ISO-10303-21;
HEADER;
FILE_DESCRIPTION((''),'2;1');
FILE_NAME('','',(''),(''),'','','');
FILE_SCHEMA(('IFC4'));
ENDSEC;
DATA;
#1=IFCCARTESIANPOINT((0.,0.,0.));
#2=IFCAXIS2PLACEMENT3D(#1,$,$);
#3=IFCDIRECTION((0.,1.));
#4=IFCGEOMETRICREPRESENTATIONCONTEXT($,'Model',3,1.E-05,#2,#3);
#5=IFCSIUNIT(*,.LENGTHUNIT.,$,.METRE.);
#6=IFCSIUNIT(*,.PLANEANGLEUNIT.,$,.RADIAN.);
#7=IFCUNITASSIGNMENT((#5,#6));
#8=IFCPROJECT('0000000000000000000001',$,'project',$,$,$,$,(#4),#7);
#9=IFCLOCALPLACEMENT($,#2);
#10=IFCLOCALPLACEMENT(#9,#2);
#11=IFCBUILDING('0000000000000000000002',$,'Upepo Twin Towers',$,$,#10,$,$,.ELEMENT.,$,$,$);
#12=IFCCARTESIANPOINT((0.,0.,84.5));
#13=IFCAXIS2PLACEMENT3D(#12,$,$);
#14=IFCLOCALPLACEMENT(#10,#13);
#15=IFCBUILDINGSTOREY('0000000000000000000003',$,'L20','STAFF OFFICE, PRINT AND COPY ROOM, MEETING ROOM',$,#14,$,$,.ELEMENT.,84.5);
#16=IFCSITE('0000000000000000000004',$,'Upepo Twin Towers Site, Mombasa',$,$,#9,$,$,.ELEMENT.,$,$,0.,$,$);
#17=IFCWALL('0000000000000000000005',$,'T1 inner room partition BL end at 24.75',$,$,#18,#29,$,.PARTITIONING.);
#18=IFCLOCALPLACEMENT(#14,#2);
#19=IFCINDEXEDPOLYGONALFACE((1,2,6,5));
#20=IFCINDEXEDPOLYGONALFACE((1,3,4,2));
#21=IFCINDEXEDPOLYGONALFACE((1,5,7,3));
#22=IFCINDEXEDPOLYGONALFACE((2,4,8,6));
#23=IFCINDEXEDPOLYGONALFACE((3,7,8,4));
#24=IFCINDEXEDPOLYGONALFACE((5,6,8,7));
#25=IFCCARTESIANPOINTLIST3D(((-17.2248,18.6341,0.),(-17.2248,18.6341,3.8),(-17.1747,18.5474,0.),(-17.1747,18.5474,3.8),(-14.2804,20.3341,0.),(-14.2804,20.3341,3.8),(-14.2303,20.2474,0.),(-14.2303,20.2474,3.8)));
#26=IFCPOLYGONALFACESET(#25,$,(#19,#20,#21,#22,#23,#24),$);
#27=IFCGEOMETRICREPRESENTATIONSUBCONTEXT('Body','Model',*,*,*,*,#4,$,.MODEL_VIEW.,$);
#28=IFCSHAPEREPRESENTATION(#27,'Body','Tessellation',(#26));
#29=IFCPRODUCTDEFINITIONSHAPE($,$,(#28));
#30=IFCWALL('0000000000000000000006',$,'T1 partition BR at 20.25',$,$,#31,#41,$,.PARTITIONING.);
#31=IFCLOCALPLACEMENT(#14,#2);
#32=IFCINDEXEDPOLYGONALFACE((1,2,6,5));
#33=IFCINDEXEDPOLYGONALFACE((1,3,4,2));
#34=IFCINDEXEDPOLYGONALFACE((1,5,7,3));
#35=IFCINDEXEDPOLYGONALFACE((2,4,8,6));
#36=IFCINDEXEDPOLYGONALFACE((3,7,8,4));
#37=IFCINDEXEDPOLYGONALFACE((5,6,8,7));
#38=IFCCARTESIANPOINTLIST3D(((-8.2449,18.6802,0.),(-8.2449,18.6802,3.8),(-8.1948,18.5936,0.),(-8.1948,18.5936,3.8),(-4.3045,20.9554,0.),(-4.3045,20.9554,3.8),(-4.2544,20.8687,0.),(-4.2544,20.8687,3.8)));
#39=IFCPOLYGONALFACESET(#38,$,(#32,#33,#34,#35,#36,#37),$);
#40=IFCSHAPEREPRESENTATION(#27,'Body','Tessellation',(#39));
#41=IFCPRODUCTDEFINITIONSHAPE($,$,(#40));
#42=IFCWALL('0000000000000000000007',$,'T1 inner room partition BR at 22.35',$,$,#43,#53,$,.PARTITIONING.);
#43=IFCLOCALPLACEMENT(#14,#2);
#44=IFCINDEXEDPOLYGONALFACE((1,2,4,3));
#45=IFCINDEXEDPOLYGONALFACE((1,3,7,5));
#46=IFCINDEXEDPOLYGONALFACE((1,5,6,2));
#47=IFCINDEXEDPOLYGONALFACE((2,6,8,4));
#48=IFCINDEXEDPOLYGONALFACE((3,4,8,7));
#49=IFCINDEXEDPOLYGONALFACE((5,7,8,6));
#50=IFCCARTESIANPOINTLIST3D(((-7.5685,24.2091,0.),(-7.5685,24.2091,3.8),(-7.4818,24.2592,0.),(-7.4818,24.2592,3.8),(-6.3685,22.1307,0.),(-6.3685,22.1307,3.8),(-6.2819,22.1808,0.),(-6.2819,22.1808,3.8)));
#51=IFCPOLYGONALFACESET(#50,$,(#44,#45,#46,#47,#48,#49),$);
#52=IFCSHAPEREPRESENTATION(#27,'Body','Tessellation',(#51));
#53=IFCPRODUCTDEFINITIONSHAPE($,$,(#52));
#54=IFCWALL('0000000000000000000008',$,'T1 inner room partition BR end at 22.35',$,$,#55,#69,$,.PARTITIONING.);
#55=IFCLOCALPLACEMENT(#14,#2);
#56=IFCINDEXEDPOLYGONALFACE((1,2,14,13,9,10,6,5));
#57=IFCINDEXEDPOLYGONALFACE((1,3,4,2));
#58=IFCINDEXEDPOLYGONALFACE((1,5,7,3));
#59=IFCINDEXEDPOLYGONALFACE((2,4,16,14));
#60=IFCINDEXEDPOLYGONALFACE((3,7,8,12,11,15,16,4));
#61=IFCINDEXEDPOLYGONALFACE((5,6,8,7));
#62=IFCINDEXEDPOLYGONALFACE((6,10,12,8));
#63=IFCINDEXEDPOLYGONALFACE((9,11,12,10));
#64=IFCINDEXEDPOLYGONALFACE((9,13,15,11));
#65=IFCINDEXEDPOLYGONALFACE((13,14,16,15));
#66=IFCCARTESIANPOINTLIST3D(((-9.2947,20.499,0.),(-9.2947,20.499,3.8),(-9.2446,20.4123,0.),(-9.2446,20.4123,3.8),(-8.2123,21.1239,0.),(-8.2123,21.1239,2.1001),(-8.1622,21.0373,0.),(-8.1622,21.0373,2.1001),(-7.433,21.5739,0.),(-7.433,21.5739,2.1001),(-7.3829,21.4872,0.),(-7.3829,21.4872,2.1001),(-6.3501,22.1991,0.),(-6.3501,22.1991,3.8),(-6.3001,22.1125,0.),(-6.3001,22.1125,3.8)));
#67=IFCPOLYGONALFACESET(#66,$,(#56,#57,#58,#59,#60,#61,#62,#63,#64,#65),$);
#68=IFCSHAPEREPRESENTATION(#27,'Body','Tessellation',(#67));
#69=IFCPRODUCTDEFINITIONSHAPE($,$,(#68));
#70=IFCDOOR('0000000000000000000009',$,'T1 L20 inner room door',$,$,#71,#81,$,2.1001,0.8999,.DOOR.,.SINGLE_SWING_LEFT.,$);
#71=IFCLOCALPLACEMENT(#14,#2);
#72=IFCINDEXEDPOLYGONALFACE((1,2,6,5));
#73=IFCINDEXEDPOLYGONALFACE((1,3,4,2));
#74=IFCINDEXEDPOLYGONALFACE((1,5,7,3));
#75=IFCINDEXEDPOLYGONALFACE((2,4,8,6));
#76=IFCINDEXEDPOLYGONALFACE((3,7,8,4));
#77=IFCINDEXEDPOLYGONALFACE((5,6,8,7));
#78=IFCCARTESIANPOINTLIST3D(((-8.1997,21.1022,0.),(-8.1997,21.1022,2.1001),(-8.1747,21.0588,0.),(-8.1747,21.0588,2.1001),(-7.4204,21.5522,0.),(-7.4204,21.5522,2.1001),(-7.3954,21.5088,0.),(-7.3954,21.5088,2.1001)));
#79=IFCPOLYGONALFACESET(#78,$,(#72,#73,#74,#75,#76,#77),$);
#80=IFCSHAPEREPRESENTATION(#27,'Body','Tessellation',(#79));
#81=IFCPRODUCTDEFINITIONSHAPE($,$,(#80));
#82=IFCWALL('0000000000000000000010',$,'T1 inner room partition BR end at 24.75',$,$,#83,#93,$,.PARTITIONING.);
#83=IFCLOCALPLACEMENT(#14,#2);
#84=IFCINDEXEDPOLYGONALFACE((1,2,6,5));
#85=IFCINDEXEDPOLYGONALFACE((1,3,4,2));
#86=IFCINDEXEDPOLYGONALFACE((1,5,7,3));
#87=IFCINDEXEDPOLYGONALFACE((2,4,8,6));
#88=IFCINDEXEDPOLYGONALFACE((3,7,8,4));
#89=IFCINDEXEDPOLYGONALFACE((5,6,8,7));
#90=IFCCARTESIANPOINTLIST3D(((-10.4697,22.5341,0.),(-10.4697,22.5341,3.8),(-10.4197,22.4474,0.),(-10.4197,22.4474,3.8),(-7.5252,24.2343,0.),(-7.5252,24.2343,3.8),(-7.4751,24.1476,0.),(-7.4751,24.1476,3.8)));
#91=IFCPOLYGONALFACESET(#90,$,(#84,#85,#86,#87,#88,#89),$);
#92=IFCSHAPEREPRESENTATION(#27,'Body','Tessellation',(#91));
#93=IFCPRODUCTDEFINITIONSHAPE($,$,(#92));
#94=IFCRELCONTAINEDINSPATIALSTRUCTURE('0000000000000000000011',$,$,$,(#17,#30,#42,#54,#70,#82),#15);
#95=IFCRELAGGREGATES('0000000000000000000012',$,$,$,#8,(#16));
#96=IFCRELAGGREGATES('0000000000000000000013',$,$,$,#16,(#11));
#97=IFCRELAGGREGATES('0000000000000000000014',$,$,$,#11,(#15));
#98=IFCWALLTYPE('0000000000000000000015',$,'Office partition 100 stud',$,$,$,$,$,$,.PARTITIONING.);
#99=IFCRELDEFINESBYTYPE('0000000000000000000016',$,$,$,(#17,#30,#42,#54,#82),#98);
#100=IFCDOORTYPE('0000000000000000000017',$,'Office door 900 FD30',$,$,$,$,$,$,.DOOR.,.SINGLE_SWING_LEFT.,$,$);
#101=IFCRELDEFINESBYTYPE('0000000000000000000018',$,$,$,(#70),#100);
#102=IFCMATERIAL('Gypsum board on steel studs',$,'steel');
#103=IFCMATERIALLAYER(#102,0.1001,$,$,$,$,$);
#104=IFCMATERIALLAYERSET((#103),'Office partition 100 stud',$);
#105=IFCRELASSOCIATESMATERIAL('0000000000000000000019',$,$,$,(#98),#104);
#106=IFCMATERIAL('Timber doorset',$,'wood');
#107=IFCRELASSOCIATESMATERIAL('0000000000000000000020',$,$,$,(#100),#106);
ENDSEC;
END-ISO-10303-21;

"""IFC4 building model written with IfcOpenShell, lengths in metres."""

from ifc_helpers import new_model, si_unit, direction, frame, frame_2d, origin, place, context, subcontext, project, spatial, rectangle, extrude, material, layer, layer_set, type_object, element, fill, save


model = new_model("IFC4")

# Units and contexts
model_context = context("Model", 3, precision=1e-05, world=origin(), true_north=direction((0.0, 1.0)))
body_context = subcontext(model_context, "Body", "Model", "MODEL_VIEW")
ifc_project = project(units=[si_unit("LENGTHUNIT", "METRE"), si_unit("PLANEANGLEUNIT", "RADIAN")], contexts=[model_context])

# Site, building, storey
site_placement = place(None, origin())
site = spatial("IfcSite", under=ifc_project, at=site_placement, Name="Upepo Twin Towers Site, Mombasa", CompositionType="ELEMENT", RefElevation=0.0)
building_placement = place(site_placement, origin())
building = spatial("IfcBuilding", under=site, at=building_placement, Name="Upepo Twin Towers", CompositionType="ELEMENT")
storey_placement = place(building_placement, frame((0.0, 0.0, 84.5)))
storey = spatial("IfcBuildingStorey", under=building, at=storey_placement, Name="L20", Description="STAFF OFFICE, PRINT AND COPY ROOM, MEETING ROOM", CompositionType="ELEMENT", Elevation=84.5)

# Shared definitions
ifc_material_1 = material(Name="Gypsum board on steel studs", Category="steel")
ifc_layer_1 = layer(ifc_material_1, 0.1001)
ifc_layer_set_1 = layer_set([ifc_layer_1], Name="Office partition 100 stud")
wall_type_1 = type_object("IfcWallType", Name="Office partition 100 stud", PredefinedType="PARTITIONING", material=ifc_layer_set_1)

# Shared definitions
ifc_material_2 = material(Name="Timber doorset", Category="wood")
door_type = type_object("IfcDoorType", Name="Office door 900 FD30", OperationType="SINGLE_SWING_LEFT", PredefinedType="DOOR", material=ifc_material_2)

# Walls
wall_1_placement = place(storey_placement, frame((-14.2554, 20.2908, 0.0), z_axis=(0.0, 0.0, 1.0), x_axis=(-0.866021, -0.500008, 0.0)))
element("IfcWall", 1, at=wall_1_placement, inside=storey, type_object=wall_type_1, Name="T1 inner room partition BL end at 24.75", PredefinedType="PARTITIONING", context=body_context, shape_type="SweptSolid", body=[
    extrude(rectangle(XDim=3.3999, YDim=0.1001, at=frame_2d((1.7, 0.0))), origin(), (0.0, 0.0, 1.0), 3.8),
])
wall_2_placement = place(storey_placement, frame((-8.2197, 18.637, 0.0), z_axis=(0.0, 0.0, 1.0), x_axis=(0.866012, 0.500023, 0.0)))
element("IfcWall", 2, at=wall_2_placement, inside=storey, type_object=wall_type_1, Name="T1 partition BR at 20.25", PredefinedType="PARTITIONING", context=body_context, shape_type="SweptSolid", body=[
    extrude(rectangle(XDim=4.55, YDim=0.1001, at=frame_2d((2.2749, 0.0))), origin(), (0.0, 0.0, 1.0), 3.8),
])
wall_3_placement = place(storey_placement, frame((-6.3252, 22.1558, 0.0), z_axis=(0.0, 0.0, 1.0), x_axis=(-0.500001, 0.866025, 0.0)))
element("IfcWall", 3, at=wall_3_placement, inside=storey, type_object=wall_type_1, Name="T1 inner room partition BR at 22.35", PredefinedType="PARTITIONING", context=body_context, shape_type="SweptSolid", body=[
    extrude(rectangle(XDim=2.3999, YDim=0.1001, at=frame_2d((1.2, 0.0))), origin(), (0.0, 0.0, 1.0), 3.8),
])

# Wall, opening, door
wall_4_placement = place(storey_placement, frame((-9.2698, 20.4556, 0.0), z_axis=(0.0, 0.0, 1.0), x_axis=(0.866007, 0.500031, 0.0)))
wall_4 = element("IfcWall", 4, at=wall_4_placement, inside=storey, type_object=wall_type_1, Name="T1 inner room partition BR end at 22.35", PredefinedType="PARTITIONING", context=body_context, shape_type="SweptSolid", body=[
    extrude(rectangle(XDim=3.4001, YDim=0.1001, at=frame_2d((1.7002, 0.0))), origin(), (0.0, 0.0, 1.0), 3.8),
])
opening_1_placement = place(wall_4_placement, frame((1.25, 0.0, 0.0)))
opening_1 = element("IfcOpeningElement", 5, at=opening_1_placement, cuts=wall_4, PredefinedType="OPENING", context=body_context, shape_type="SweptSolid", body=[
    extrude(rectangle(XDim=0.8999, YDim=2.1001, at=frame_2d((0.45, 1.05))), frame((0.0, 0.0601, 0.0), z_axis=(0.0, -1.0, 0.0), x_axis=(1.0, 0.0, 0.0)), (0.0, 0.0, 1.0), 0.1201),
])
door_1_placement = place(opening_1_placement, origin())
door_1 = element("IfcDoor", 6, at=door_1_placement, inside=storey, type_object=door_type, Name="T1 L20 inner room door", OperationType="SINGLE_SWING_LEFT", OverallHeight=2.1001, OverallWidth=0.8999, PredefinedType="DOOR", context=body_context, shape_type="SweptSolid", body=[
    extrude(rectangle(XDim=0.8999, YDim=2.1001, at=frame_2d((0.45, 1.05))), frame((0.0, 0.0249, 0.0), z_axis=(0.0, -1.0, 0.0), x_axis=(1.0, 0.0, 0.0)), (0.0, 0.0, 1.0), 0.05),
])
fill(opening_1, door_1)

# Wall
wall_5_placement = place(storey_placement, frame((-10.4448, 22.4907, 0.0), z_axis=(0.0, 0.0, 1.0), x_axis=(0.866007, 0.500031, 0.0)))
element("IfcWall", 7, at=wall_5_placement, inside=storey, type_object=wall_type_1, Name="T1 inner room partition BR end at 24.75", PredefinedType="PARTITIONING", context=body_context, shape_type="SweptSolid", body=[
    extrude(rectangle(XDim=3.4001, YDim=0.1001, at=frame_2d((1.7002, 0.0))), origin(), (0.0, 0.0, 1.0), 3.8),
])

save(model, "model.ifc")
